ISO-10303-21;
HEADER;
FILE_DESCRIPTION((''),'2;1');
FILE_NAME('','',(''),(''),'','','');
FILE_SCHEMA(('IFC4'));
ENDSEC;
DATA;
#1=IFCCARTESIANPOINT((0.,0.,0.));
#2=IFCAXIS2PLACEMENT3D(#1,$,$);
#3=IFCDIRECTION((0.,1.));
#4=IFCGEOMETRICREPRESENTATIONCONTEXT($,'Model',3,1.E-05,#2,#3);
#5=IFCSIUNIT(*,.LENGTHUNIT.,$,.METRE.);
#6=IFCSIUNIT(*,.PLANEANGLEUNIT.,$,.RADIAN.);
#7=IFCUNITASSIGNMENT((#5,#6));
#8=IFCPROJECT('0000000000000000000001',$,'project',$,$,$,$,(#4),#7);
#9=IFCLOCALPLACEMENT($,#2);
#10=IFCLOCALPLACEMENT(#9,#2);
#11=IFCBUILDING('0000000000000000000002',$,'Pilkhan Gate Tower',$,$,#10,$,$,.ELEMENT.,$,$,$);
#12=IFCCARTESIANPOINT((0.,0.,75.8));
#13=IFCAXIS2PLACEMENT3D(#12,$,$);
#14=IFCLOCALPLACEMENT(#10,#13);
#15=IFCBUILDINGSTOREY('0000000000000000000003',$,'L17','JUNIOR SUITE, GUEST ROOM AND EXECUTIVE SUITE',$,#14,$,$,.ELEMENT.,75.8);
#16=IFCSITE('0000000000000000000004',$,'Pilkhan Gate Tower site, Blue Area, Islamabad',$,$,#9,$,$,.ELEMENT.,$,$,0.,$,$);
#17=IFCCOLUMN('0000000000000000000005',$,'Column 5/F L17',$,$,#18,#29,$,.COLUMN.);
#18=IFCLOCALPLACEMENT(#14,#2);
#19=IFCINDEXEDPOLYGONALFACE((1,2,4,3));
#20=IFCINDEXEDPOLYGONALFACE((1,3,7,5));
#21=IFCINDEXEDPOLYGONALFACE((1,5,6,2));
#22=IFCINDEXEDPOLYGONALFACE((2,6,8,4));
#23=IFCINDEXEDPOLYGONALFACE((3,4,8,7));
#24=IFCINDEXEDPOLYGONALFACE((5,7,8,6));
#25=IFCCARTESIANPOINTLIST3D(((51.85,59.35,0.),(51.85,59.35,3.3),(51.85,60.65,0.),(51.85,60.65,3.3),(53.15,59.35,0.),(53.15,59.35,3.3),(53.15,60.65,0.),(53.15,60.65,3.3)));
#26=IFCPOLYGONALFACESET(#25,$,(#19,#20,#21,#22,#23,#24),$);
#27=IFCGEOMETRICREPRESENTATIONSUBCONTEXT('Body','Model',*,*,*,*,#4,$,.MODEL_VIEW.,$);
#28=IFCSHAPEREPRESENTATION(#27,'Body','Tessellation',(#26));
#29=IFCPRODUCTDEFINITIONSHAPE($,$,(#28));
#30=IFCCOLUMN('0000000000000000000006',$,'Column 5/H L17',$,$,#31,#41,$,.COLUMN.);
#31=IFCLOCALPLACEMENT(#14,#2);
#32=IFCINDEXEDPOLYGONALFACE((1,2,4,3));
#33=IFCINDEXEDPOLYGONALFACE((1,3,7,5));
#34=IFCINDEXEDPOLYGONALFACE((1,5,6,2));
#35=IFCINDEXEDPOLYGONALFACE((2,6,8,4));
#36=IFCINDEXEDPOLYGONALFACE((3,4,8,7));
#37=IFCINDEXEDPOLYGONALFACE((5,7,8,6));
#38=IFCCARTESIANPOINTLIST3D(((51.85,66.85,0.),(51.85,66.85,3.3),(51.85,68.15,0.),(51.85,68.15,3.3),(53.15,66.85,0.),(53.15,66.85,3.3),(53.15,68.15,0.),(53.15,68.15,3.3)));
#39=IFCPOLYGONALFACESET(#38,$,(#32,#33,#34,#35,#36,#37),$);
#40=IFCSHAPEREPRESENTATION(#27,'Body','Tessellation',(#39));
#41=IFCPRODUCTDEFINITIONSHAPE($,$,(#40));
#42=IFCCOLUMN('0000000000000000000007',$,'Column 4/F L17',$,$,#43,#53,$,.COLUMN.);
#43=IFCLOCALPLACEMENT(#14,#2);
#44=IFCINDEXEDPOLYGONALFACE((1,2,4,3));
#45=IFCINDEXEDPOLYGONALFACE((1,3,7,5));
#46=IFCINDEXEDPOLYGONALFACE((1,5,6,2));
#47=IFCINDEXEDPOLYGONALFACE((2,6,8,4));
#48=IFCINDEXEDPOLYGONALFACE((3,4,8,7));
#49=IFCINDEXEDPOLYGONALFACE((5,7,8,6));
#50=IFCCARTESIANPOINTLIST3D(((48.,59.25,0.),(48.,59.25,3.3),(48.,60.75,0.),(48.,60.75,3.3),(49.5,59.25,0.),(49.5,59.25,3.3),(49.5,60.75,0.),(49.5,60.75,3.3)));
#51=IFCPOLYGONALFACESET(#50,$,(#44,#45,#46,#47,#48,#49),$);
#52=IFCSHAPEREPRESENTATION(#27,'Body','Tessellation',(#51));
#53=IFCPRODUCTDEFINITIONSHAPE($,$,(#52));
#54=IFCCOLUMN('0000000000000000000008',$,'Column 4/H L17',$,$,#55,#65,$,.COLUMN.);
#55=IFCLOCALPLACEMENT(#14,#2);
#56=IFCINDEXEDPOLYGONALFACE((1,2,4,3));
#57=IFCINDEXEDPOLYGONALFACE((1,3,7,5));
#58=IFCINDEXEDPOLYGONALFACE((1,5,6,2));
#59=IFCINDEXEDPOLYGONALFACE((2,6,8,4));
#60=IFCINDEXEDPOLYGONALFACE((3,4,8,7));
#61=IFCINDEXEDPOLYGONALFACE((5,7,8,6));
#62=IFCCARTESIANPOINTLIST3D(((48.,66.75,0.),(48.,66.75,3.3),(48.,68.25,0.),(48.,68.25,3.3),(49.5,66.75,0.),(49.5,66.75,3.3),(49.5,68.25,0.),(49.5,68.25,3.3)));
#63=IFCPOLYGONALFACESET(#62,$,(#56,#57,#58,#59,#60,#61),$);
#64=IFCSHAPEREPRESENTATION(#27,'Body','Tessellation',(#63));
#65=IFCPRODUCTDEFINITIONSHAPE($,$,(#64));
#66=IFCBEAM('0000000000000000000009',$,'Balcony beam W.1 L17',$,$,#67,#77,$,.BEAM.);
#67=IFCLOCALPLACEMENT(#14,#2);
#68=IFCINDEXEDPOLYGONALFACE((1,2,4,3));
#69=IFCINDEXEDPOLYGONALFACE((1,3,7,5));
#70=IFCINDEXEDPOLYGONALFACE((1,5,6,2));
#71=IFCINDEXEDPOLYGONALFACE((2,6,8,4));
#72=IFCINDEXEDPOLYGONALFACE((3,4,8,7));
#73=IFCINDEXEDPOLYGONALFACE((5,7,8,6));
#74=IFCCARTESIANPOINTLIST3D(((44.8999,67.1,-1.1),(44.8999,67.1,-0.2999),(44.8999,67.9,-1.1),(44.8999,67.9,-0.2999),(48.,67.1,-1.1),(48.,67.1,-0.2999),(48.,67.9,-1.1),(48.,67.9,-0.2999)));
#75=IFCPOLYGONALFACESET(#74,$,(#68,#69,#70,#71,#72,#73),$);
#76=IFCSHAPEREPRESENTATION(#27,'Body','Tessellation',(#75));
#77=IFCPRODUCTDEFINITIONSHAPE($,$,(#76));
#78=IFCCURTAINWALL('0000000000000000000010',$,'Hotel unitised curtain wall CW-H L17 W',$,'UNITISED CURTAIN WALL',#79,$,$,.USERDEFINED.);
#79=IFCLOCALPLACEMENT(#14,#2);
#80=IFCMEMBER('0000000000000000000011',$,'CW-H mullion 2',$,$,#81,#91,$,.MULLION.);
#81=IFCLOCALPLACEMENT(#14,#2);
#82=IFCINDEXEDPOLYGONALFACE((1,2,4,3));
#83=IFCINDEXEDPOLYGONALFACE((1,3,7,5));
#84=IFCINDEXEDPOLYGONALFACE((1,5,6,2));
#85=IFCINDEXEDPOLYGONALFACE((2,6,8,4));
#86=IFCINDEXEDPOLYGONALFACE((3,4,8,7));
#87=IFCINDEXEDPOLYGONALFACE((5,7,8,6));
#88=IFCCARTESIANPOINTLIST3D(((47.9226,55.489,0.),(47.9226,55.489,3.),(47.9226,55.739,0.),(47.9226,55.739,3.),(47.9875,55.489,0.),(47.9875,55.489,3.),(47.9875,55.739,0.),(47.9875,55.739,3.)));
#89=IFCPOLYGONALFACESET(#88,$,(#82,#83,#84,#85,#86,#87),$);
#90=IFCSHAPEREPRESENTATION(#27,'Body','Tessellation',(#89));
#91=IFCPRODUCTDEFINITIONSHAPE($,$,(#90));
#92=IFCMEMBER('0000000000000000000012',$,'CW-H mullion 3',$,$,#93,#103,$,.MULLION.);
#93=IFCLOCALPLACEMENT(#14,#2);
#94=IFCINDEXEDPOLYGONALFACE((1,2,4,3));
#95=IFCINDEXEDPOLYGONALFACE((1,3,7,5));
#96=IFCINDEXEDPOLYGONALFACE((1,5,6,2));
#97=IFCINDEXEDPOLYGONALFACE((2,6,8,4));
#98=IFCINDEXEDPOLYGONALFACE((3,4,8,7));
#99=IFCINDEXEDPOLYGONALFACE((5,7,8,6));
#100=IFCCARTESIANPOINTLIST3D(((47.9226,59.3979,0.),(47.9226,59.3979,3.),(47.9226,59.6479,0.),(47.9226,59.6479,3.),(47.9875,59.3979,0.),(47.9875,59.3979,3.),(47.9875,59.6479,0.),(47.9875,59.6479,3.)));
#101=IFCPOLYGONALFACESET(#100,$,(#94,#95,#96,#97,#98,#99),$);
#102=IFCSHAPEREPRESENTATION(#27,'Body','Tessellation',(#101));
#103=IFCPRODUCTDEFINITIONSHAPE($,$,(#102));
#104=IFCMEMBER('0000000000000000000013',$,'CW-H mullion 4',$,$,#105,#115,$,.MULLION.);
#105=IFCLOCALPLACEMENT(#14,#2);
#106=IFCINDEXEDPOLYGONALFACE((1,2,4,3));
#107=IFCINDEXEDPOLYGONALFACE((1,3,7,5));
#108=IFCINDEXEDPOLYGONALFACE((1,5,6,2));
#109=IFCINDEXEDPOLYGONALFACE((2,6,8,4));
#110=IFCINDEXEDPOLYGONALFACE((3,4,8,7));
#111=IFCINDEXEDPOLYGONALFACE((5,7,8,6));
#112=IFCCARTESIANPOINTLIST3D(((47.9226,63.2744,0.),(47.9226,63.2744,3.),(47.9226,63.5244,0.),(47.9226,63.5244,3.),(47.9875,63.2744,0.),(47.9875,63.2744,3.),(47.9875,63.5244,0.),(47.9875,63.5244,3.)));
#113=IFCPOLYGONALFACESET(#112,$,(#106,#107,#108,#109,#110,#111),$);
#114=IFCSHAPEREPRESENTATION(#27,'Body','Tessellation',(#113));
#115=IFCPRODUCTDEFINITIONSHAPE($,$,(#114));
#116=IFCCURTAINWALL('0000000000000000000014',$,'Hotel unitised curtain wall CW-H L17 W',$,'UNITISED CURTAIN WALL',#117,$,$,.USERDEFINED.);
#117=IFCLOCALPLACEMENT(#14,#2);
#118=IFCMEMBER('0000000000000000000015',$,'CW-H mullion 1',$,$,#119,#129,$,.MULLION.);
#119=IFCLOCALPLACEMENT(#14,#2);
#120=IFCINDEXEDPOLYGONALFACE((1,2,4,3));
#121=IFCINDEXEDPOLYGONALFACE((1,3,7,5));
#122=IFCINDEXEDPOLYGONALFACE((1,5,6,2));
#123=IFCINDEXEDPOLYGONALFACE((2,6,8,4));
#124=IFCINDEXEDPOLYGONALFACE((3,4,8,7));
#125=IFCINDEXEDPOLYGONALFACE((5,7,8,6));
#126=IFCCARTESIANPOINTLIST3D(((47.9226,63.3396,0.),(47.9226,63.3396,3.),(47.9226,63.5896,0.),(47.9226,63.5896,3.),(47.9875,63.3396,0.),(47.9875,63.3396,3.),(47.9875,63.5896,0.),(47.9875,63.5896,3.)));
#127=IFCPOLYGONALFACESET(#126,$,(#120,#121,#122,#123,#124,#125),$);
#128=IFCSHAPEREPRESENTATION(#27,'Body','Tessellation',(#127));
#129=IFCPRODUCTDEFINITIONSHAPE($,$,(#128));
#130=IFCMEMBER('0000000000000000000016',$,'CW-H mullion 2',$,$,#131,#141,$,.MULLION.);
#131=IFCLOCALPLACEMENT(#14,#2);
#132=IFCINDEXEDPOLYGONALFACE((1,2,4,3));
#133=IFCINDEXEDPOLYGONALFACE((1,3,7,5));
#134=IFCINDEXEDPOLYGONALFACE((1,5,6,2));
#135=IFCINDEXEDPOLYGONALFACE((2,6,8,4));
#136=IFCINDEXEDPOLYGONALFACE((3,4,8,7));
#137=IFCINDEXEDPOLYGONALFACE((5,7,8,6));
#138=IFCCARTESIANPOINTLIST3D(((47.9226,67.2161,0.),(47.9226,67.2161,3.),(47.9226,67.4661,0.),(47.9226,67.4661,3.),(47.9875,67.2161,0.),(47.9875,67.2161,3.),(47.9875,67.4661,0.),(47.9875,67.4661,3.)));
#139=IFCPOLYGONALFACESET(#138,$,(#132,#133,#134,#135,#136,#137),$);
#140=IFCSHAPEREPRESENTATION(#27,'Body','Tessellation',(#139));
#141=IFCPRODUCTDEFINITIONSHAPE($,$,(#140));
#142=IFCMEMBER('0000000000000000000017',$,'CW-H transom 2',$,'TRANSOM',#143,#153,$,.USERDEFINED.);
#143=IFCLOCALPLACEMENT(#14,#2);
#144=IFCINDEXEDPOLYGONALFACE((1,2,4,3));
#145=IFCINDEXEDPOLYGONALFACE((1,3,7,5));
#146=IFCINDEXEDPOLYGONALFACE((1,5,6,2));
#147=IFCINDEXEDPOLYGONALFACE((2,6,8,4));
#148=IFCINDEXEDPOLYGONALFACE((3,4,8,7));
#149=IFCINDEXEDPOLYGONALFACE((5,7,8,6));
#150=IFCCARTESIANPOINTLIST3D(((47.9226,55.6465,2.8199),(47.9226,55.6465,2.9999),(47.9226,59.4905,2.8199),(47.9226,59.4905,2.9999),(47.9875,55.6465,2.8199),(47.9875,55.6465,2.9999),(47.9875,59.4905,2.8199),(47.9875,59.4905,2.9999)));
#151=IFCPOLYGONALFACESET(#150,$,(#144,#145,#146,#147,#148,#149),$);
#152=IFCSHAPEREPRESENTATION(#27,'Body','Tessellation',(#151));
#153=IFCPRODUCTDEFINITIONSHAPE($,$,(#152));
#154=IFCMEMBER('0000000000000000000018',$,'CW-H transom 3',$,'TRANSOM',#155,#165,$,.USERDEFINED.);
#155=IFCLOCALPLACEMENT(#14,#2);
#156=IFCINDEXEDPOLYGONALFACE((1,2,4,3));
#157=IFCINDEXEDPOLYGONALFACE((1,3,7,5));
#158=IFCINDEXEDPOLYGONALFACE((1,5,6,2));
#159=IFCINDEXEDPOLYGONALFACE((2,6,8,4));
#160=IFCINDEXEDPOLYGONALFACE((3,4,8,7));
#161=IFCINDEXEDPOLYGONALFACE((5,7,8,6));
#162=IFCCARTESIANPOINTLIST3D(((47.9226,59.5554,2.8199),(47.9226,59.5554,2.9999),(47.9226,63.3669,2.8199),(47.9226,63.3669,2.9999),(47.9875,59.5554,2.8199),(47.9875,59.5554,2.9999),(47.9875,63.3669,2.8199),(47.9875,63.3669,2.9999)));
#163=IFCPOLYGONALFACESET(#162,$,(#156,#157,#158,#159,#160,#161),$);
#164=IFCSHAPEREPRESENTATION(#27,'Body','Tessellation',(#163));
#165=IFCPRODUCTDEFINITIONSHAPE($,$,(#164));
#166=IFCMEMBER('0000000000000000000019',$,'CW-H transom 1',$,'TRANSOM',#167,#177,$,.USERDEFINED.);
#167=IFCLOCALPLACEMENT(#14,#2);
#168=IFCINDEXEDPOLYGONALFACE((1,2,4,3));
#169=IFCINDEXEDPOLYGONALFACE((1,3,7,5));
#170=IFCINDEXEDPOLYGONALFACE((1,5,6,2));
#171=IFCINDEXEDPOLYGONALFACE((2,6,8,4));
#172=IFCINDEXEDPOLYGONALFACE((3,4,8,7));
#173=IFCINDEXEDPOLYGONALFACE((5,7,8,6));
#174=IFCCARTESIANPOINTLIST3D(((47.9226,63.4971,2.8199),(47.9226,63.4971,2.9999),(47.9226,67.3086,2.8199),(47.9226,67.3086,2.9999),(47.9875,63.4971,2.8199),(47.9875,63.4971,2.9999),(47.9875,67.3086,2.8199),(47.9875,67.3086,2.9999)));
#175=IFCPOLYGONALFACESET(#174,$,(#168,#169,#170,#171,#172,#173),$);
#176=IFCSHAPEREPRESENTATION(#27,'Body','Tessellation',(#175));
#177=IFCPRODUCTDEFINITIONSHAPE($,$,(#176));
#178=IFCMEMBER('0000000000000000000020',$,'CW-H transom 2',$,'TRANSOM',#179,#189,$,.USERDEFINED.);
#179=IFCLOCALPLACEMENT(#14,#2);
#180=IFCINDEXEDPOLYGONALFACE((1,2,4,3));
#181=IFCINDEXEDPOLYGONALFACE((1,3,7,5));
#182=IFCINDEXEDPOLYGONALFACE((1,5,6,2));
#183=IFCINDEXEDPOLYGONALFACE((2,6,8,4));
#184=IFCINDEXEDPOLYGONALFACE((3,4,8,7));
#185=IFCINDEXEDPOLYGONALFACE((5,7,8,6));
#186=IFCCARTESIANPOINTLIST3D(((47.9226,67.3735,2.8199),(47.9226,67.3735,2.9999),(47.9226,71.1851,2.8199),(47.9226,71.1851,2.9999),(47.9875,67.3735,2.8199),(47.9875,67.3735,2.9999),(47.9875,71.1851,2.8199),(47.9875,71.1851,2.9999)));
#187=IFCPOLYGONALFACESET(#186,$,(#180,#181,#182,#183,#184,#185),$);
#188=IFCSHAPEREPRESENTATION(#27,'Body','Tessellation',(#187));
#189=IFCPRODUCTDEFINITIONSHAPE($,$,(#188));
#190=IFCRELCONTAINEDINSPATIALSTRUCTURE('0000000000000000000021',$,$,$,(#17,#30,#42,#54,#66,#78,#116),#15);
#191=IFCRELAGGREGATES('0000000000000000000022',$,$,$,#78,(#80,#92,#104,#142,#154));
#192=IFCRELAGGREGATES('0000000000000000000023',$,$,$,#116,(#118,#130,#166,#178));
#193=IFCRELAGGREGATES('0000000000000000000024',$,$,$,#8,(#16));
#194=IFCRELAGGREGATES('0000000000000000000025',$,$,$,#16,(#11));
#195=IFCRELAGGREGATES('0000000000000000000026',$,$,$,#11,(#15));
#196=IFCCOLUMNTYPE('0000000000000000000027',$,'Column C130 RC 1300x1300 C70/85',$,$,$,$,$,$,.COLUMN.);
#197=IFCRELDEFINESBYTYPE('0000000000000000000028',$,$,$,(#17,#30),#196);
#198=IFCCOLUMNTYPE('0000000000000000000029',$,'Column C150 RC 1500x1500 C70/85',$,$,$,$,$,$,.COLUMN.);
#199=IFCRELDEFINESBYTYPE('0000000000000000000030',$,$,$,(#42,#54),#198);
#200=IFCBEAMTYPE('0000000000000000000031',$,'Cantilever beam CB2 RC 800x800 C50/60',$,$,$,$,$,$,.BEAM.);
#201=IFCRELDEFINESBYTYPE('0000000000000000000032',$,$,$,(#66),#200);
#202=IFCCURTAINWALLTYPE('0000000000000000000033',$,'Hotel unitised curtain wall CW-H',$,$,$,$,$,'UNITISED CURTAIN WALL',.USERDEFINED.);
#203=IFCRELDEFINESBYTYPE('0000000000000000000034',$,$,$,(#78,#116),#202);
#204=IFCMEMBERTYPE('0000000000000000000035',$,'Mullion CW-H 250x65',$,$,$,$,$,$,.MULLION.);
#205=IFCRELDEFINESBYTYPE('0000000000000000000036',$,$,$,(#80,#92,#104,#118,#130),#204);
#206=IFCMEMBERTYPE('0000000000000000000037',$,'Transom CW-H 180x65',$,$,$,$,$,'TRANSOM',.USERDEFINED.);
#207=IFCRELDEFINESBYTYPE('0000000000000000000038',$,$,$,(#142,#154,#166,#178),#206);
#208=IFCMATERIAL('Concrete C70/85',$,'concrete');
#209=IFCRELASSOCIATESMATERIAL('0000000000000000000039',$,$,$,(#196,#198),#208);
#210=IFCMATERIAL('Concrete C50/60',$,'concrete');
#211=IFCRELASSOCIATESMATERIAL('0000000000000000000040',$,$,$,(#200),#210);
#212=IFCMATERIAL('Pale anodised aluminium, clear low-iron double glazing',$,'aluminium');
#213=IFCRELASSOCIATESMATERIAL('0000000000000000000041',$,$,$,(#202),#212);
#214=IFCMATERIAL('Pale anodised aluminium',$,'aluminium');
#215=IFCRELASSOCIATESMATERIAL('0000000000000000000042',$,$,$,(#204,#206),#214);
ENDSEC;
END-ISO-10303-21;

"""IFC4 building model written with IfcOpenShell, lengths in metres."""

from ifc_helpers import new_model, si_unit, direction, frame, origin, origin_2d, place, context, subcontext, project, spatial, rectangle, extrude, material, material_profile, profile_set, type_object, element, aggregate, save


model = new_model("IFC4")

# Units and contexts
model_context = context("Model", 3, precision=1e-05, world=origin(), true_north=direction((0.0, 1.0)))
body_context = subcontext(model_context, "Body", "Model", "MODEL_VIEW")
ifc_project = project(units=[si_unit("LENGTHUNIT", "METRE"), si_unit("PLANEANGLEUNIT", "RADIAN")], contexts=[model_context])

# Site, building, storey
site_placement = place(None, origin())
site = spatial("IfcSite", under=ifc_project, at=site_placement, Name="Pilkhan Gate Tower site, Blue Area, Islamabad", CompositionType="ELEMENT", RefElevation=0.0)
building_placement = place(site_placement, origin())
building = spatial("IfcBuilding", under=site, at=building_placement, Name="Pilkhan Gate Tower", CompositionType="ELEMENT")
storey_placement = place(building_placement, frame((0.0, 0.0, 75.8)))
storey = spatial("IfcBuildingStorey", under=building, at=storey_placement, Name="L17", Description="JUNIOR SUITE, GUEST ROOM AND EXECUTIVE SUITE", CompositionType="ELEMENT", Elevation=75.8)

# Columns
ifc_material_1 = material(Name="Concrete C70/85", Category="concrete")
ifc_material_profile_1 = material_profile(ifc_material_1, rectangle(XDim=1.3, YDim=1.3, at=origin_2d()), Name="RC 1300x1300")
ifc_profile_set_1 = profile_set([ifc_material_profile_1], Name="Concrete C70/85")
column_type_1 = type_object("IfcColumnType", Name="Column C130 RC 1300x1300 C70/85", PredefinedType="COLUMN", material=ifc_profile_set_1)
for number, where, z_axis, x_axis, name in (
    (1, (52.5, 60.0, 0.0), (0.0, 0.0, 1.0), (1.0, 0.0, 0.0), "Column 5/F L17"),
    (2, (52.5, 67.5, 0.0), (0.0, 0.0, 1.0), (1.0, 0.0, 0.0), "Column 5/H L17"),
):
    element("IfcColumn", number, at=place(storey_placement, frame(where, z_axis=z_axis, x_axis=x_axis)), inside=storey, type_object=column_type_1, Name=name, PredefinedType="COLUMN", context=body_context, shape_type="SweptSolid", body=[
        extrude(rectangle(XDim=1.3, YDim=1.3, at=origin_2d()), origin(), (0.0, 0.0, 1.0), 3.3),
    ])
ifc_material_profile_2 = material_profile(ifc_material_1, rectangle(XDim=1.5, YDim=1.5, at=origin_2d()), Name="RC 1500x1500")
ifc_profile_set_2 = profile_set([ifc_material_profile_2], Name="Concrete C70/85")
column_type_2 = type_object("IfcColumnType", Name="Column C150 RC 1500x1500 C70/85", PredefinedType="COLUMN", material=ifc_profile_set_2)
for number, where, z_axis, x_axis, name in (
    (3, (48.75, 60.0, 0.0), (0.0, 0.0, 1.0), (1.0, 0.0, 0.0), "Column 4/F L17"),
    (4, (48.75, 67.5, 0.0), (0.0, 0.0, 1.0), (1.0, 0.0, 0.0), "Column 4/H L17"),
):
    element("IfcColumn", number, at=place(storey_placement, frame(where, z_axis=z_axis, x_axis=x_axis)), inside=storey, type_object=column_type_2, Name=name, PredefinedType="COLUMN", context=body_context, shape_type="SweptSolid", body=[
        extrude(rectangle(XDim=1.5, YDim=1.5, at=origin_2d()), origin(), (0.0, 0.0, 1.0), 3.3),
    ])

# Beam
ifc_material_2 = material(Name="Concrete C50/60", Category="concrete")
ifc_material_profile_3 = material_profile(ifc_material_2, rectangle(XDim=0.8, YDim=0.8, at=origin_2d()), Name="RC 800x800")
ifc_profile_set_3 = profile_set([ifc_material_profile_3], Name="Concrete C50/60")
beam_type = type_object("IfcBeamType", Name="Cantilever beam CB2 RC 800x800 C50/60", PredefinedType="BEAM", material=ifc_profile_set_3)
beam_placement = place(storey_placement, frame((48.0, 67.5, -0.7), z_axis=(-1.0, 0.0, 0.0), x_axis=(0.0, -1.0, 0.0)))
element("IfcBeam", 5, at=beam_placement, inside=storey, type_object=beam_type, Name="Balcony beam W.1 L17", PredefinedType="BEAM", context=body_context, shape_type="SweptSolid", body=[
    extrude(rectangle(XDim=0.8, YDim=0.8, at=origin_2d()), origin(), (0.0, 0.0, 1.0), 3.1001),
])

# Curtain walls, members
ifc_material_3 = material(Name="Pale anodised aluminium, clear low-iron double glazing", Category="aluminium")
curtain_wall_type = type_object("IfcCurtainWallType", Name="Hotel unitised curtain wall CW-H", ElementType="UNITISED CURTAIN WALL", PredefinedType="USERDEFINED", material=ifc_material_3)
curtain_wall_1_placement = place(storey_placement, origin())
curtain_wall_1 = element("IfcCurtainWall", 6, at=curtain_wall_1_placement, inside=storey, type_object=curtain_wall_type, Name="Hotel unitised curtain wall CW-H L17 W", ObjectType="UNITISED CURTAIN WALL", PredefinedType="USERDEFINED")
ifc_material_4 = material(Name="Pale anodised aluminium", Category="aluminium")
ifc_material_profile_4 = material_profile(ifc_material_4, rectangle(XDim=0.0649, YDim=0.25, at=origin_2d()), Name="Mullion 250x65")
ifc_profile_set_4 = profile_set([ifc_material_profile_4], Name="Pale anodised aluminium")
member_type_1 = type_object("IfcMemberType", Name="Mullion CW-H 250x65", PredefinedType="MULLION", material=ifc_profile_set_4)
member_1_placement = place(storey_placement, frame((47.9551, 55.614, 0.0), z_axis=(0.0, 0.0, 1.0), x_axis=(-1.0, 0.0, 0.0)))
member_1 = element("IfcMember", 7, at=member_1_placement, type_object=member_type_1, Name="CW-H mullion 2", PredefinedType="MULLION", context=body_context, shape_type="SweptSolid", body=[
    extrude(rectangle(XDim=0.0649, YDim=0.25, at=origin_2d()), origin(), (0.0, 0.0, 1.0), 3.0),
])
member_2_placement = place(storey_placement, frame((47.9551, 59.5229, 0.0), z_axis=(0.0, 0.0, 1.0), x_axis=(-1.0, 0.0, 0.0)))
member_2 = element("IfcMember", 8, at=member_2_placement, type_object=member_type_1, Name="CW-H mullion 3", PredefinedType="MULLION", context=body_context, shape_type="SweptSolid", body=[
    extrude(rectangle(XDim=0.0649, YDim=0.25, at=origin_2d()), origin(), (0.0, 0.0, 1.0), 3.0),
])
member_3_placement = place(storey_placement, frame((47.9551, 63.3994, 0.0), z_axis=(0.0, 0.0, 1.0), x_axis=(-1.0, 0.0, 0.0)))
member_3 = element("IfcMember", 9, at=member_3_placement, type_object=member_type_1, Name="CW-H mullion 4", PredefinedType="MULLION", context=body_context, shape_type="SweptSolid", body=[
    extrude(rectangle(XDim=0.0649, YDim=0.25, at=origin_2d()), origin(), (0.0, 0.0, 1.0), 3.0),
])
curtain_wall_2_placement = place(storey_placement, origin())
curtain_wall_2 = element("IfcCurtainWall", 10, at=curtain_wall_2_placement, inside=storey, type_object=curtain_wall_type, Name="Hotel unitised curtain wall CW-H L17 W", ObjectType="UNITISED CURTAIN WALL", PredefinedType="USERDEFINED")
member_4_placement = place(storey_placement, frame((47.9551, 63.4646, 0.0), z_axis=(0.0, 0.0, 1.0), x_axis=(-1.0, 0.0, 0.0)))
member_4 = element("IfcMember", 11, at=member_4_placement, type_object=member_type_1, Name="CW-H mullion 1", PredefinedType="MULLION", context=body_context, shape_type="SweptSolid", body=[
    extrude(rectangle(XDim=0.0649, YDim=0.25, at=origin_2d()), origin(), (0.0, 0.0, 1.0), 3.0),
])
member_5_placement = place(storey_placement, frame((47.9551, 67.3411, 0.0), z_axis=(0.0, 0.0, 1.0), x_axis=(-1.0, 0.0, 0.0)))
member_5 = element("IfcMember", 12, at=member_5_placement, type_object=member_type_1, Name="CW-H mullion 2", PredefinedType="MULLION", context=body_context, shape_type="SweptSolid", body=[
    extrude(rectangle(XDim=0.0649, YDim=0.25, at=origin_2d()), origin(), (0.0, 0.0, 1.0), 3.0),
])

# Members
ifc_material_profile_5 = material_profile(ifc_material_4, rectangle(XDim=0.0649, YDim=0.1799, at=origin_2d()), Name="Transom 180x65")
ifc_profile_set_5 = profile_set([ifc_material_profile_5], Name="Pale anodised aluminium")
member_type_2 = type_object("IfcMemberType", Name="Transom CW-H 180x65", ElementType="TRANSOM", PredefinedType="USERDEFINED", material=ifc_profile_set_5)
member_6_placement = place(storey_placement, frame((47.9551, 55.6465, 2.9099), z_axis=(0.0, 1.0, 0.0), x_axis=(-1.0, 0.0, 0.0)))
member_6 = element("IfcMember", 13, at=member_6_placement, type_object=member_type_2, Name="CW-H transom 2", ObjectType="TRANSOM", PredefinedType="USERDEFINED", context=body_context, shape_type="SweptSolid", body=[
    extrude(rectangle(XDim=0.0649, YDim=0.1799, at=origin_2d()), origin(), (0.0, 0.0, 1.0), 3.844),
])
member_7_placement = place(storey_placement, frame((47.9551, 59.5554, 2.9099), z_axis=(0.0, 1.0, 0.0), x_axis=(-1.0, 0.0, 0.0)))
member_7 = element("IfcMember", 14, at=member_7_placement, type_object=member_type_2, Name="CW-H transom 3", ObjectType="TRANSOM", PredefinedType="USERDEFINED", context=body_context, shape_type="SweptSolid", body=[
    extrude(rectangle(XDim=0.0649, YDim=0.1799, at=origin_2d()), origin(), (0.0, 0.0, 1.0), 3.8115),
])
member_8_placement = place(storey_placement, frame((47.9551, 63.4971, 2.9099), z_axis=(0.0, 1.0, 0.0), x_axis=(-1.0, 0.0, 0.0)))
member_8 = element("IfcMember", 15, at=member_8_placement, type_object=member_type_2, Name="CW-H transom 1", ObjectType="TRANSOM", PredefinedType="USERDEFINED", context=body_context, shape_type="SweptSolid", body=[
    extrude(rectangle(XDim=0.0649, YDim=0.1799, at=origin_2d()), origin(), (0.0, 0.0, 1.0), 3.8115),
])
member_9_placement = place(storey_placement, frame((47.9551, 67.3735, 2.9099), z_axis=(0.0, 1.0, 0.0), x_axis=(-1.0, 0.0, 0.0)))
member_9 = element("IfcMember", 16, at=member_9_placement, type_object=member_type_2, Name="CW-H transom 2", ObjectType="TRANSOM", PredefinedType="USERDEFINED", context=body_context, shape_type="SweptSolid", body=[
    extrude(rectangle(XDim=0.0649, YDim=0.1799, at=origin_2d()), origin(), (0.0, 0.0, 1.0), 3.8115),
])

aggregate(curtain_wall_1, [member_1, member_2, member_3, member_6, member_7])
aggregate(curtain_wall_2, [member_4, member_5, member_8, member_9])

save(model, "model.ifc")
